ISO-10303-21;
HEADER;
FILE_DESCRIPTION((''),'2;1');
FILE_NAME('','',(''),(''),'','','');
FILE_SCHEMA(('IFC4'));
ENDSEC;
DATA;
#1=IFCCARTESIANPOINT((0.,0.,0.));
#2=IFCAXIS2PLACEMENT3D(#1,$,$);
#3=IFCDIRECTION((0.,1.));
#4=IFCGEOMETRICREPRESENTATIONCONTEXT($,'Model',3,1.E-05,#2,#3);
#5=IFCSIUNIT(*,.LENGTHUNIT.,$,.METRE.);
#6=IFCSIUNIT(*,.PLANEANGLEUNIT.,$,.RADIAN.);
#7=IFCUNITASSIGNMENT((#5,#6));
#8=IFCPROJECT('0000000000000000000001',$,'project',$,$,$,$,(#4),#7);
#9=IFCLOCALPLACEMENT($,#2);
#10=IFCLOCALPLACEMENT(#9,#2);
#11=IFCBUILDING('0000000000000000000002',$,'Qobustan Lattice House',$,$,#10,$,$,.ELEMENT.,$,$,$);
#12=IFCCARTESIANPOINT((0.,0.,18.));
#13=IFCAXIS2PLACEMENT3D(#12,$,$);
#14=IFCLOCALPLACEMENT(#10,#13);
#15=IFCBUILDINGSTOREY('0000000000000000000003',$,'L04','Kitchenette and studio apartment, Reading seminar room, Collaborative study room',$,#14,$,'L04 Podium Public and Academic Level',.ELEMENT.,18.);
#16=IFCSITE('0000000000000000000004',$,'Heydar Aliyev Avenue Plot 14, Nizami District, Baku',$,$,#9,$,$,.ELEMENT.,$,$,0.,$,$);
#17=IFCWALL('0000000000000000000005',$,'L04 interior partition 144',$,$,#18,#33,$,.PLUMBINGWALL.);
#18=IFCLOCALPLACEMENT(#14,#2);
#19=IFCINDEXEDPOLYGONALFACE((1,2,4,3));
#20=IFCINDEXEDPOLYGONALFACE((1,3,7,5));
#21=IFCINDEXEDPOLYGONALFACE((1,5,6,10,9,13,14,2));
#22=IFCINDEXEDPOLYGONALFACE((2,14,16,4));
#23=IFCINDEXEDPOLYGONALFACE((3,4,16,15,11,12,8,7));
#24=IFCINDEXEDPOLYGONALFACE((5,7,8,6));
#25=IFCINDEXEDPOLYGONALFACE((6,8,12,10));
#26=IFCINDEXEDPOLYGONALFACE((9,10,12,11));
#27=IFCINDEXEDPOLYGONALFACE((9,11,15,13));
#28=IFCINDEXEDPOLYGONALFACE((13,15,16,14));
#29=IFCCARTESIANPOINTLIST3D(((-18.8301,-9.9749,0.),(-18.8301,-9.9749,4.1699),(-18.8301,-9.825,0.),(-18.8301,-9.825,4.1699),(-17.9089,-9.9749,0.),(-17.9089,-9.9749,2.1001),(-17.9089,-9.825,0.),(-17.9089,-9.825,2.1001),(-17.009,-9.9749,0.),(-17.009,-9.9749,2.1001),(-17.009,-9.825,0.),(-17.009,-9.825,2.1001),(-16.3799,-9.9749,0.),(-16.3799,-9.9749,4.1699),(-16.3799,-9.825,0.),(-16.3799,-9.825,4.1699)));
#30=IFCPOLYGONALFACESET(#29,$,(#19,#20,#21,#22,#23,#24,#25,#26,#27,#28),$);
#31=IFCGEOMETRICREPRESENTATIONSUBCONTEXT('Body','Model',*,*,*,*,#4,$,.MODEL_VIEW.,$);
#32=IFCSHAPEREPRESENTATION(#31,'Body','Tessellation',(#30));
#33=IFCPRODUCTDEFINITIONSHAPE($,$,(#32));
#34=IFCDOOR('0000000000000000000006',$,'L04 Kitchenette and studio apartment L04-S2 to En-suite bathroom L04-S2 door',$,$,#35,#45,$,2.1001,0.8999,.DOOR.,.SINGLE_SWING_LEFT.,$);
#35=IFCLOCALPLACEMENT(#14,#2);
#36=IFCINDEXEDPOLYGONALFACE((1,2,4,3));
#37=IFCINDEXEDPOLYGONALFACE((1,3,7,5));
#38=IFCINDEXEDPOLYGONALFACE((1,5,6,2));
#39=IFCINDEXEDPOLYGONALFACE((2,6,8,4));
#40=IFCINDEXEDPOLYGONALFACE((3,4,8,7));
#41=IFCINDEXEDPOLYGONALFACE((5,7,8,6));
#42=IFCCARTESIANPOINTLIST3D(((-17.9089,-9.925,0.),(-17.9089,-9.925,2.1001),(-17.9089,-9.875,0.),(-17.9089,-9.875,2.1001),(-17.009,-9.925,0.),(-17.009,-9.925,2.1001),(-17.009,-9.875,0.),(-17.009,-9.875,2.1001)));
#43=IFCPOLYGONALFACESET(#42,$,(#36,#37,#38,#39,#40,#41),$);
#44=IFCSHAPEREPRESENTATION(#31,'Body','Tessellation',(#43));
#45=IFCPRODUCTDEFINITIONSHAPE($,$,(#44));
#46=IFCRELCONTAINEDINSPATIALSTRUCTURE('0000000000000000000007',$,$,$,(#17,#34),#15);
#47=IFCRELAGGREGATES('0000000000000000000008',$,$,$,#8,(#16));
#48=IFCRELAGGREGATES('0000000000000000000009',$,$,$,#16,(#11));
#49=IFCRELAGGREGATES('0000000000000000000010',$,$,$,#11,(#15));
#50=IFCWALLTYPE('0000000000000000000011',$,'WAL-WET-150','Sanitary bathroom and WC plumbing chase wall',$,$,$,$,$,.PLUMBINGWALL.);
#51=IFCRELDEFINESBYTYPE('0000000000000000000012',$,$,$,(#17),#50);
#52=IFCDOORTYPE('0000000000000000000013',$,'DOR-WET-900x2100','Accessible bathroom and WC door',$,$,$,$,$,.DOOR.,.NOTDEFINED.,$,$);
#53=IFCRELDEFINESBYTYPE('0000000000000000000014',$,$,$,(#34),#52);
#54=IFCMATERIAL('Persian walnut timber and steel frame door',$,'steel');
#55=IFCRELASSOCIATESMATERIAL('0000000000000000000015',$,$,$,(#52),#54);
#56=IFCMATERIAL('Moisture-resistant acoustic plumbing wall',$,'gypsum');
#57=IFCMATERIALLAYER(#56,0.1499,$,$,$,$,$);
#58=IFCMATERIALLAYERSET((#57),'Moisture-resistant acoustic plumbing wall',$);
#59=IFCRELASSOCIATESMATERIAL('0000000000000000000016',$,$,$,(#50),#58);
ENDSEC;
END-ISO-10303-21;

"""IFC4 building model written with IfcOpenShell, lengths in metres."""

from ifc_helpers import new_model, si_unit, direction, frame, frame_2d, origin, place, context, subcontext, project, spatial, rectangle, extrude, material, layer, layer_set, type_object, element, fill, save


model = new_model("IFC4")

# Units and contexts
model_context = context("Model", 3, precision=1e-05, world=origin(), true_north=direction((0.0, 1.0)))
body_context = subcontext(model_context, "Body", "Model", "MODEL_VIEW")
ifc_project = project(units=[si_unit("LENGTHUNIT", "METRE"), si_unit("PLANEANGLEUNIT", "RADIAN")], contexts=[model_context])

# Site, building, storey
site_placement = place(None, origin())
site = spatial("IfcSite", under=ifc_project, at=site_placement, Name="Heydar Aliyev Avenue Plot 14, Nizami District, Baku", CompositionType="ELEMENT", RefElevation=0.0)
building_placement = place(site_placement, origin())
building = spatial("IfcBuilding", under=site, at=building_placement, Name="Qobustan Lattice House", CompositionType="ELEMENT")
storey_placement = place(building_placement, frame((0.0, 0.0, 18.0)))
storey = spatial("IfcBuildingStorey", under=building, at=storey_placement, Name="L04", Description="Kitchenette and studio apartment, Reading seminar room, Collaborative study room", LongName="L04 Podium Public and Academic Level", CompositionType="ELEMENT", Elevation=18.0)

# Shared definitions
ifc_material_1 = material(Name="Persian walnut timber and steel frame door", Category="steel")
door_type_1 = type_object("IfcDoorType", Name="DOR-WET-900x2100", Description="Accessible bathroom and WC door", OperationType="NOTDEFINED", PredefinedType="DOOR", material=ifc_material_1)

# Wall, opening, door
ifc_material_2 = material(Name="Moisture-resistant acoustic plumbing wall", Category="gypsum")
ifc_layer_1 = layer(ifc_material_2, 0.1499)
ifc_layer_set_1 = layer_set([ifc_layer_1], Name="Moisture-resistant acoustic plumbing wall")
wall_type_1 = type_object("IfcWallType", Name="WAL-WET-150", Description="Sanitary bathroom and WC plumbing chase wall", PredefinedType="PLUMBINGWALL", material=ifc_layer_set_1)
wall_1_placement = place(storey_placement, frame((-18.8301, -9.8999, 0.0), z_axis=(0.0, 0.0, 1.0), x_axis=(1.0, 0.0, 0.0)))
wall_1 = element("IfcWall", 1, at=wall_1_placement, inside=storey, type_object=wall_type_1, Name="L04 interior partition 144", PredefinedType="PLUMBINGWALL", context=body_context, shape_type="SweptSolid", body=[
    extrude(rectangle(XDim=2.4502, YDim=0.1499, at=frame_2d((1.2251, 0.0))), origin(), (0.0, 0.0, 1.0), 4.1699),
])
opening_1_placement = place(wall_1_placement, frame((0.9211, 0.0, 0.0)))
opening_1 = element("IfcOpeningElement", 2, at=opening_1_placement, cuts=wall_1, PredefinedType="OPENING", context=body_context, shape_type="SweptSolid", body=[
    extrude(rectangle(XDim=0.8999, YDim=2.1001, at=frame_2d((0.45, 1.05))), frame((0.0, 0.085, 0.0), z_axis=(0.0, -1.0, 0.0), x_axis=(1.0, 0.0, 0.0)), (0.0, 0.0, 1.0), 0.1699),
])
door_1_placement = place(opening_1_placement, origin())
door_1 = element("IfcDoor", 3, at=door_1_placement, inside=storey, type_object=door_type_1, Name="L04 Kitchenette and studio apartment L04-S2 to En-suite bathroom L04-S2 door", OperationType="SINGLE_SWING_LEFT", OverallHeight=2.1001, OverallWidth=0.8999, PredefinedType="DOOR", context=body_context, shape_type="SweptSolid", body=[
    extrude(rectangle(XDim=0.8999, YDim=2.1001, at=frame_2d((0.45, 1.05))), frame((0.0, 0.0249, 0.0), z_axis=(0.0, -1.0, 0.0), x_axis=(1.0, 0.0, 0.0)), (0.0, 0.0, 1.0), 0.05),
])
fill(opening_1, door_1)

save(model, "model.ifc")
